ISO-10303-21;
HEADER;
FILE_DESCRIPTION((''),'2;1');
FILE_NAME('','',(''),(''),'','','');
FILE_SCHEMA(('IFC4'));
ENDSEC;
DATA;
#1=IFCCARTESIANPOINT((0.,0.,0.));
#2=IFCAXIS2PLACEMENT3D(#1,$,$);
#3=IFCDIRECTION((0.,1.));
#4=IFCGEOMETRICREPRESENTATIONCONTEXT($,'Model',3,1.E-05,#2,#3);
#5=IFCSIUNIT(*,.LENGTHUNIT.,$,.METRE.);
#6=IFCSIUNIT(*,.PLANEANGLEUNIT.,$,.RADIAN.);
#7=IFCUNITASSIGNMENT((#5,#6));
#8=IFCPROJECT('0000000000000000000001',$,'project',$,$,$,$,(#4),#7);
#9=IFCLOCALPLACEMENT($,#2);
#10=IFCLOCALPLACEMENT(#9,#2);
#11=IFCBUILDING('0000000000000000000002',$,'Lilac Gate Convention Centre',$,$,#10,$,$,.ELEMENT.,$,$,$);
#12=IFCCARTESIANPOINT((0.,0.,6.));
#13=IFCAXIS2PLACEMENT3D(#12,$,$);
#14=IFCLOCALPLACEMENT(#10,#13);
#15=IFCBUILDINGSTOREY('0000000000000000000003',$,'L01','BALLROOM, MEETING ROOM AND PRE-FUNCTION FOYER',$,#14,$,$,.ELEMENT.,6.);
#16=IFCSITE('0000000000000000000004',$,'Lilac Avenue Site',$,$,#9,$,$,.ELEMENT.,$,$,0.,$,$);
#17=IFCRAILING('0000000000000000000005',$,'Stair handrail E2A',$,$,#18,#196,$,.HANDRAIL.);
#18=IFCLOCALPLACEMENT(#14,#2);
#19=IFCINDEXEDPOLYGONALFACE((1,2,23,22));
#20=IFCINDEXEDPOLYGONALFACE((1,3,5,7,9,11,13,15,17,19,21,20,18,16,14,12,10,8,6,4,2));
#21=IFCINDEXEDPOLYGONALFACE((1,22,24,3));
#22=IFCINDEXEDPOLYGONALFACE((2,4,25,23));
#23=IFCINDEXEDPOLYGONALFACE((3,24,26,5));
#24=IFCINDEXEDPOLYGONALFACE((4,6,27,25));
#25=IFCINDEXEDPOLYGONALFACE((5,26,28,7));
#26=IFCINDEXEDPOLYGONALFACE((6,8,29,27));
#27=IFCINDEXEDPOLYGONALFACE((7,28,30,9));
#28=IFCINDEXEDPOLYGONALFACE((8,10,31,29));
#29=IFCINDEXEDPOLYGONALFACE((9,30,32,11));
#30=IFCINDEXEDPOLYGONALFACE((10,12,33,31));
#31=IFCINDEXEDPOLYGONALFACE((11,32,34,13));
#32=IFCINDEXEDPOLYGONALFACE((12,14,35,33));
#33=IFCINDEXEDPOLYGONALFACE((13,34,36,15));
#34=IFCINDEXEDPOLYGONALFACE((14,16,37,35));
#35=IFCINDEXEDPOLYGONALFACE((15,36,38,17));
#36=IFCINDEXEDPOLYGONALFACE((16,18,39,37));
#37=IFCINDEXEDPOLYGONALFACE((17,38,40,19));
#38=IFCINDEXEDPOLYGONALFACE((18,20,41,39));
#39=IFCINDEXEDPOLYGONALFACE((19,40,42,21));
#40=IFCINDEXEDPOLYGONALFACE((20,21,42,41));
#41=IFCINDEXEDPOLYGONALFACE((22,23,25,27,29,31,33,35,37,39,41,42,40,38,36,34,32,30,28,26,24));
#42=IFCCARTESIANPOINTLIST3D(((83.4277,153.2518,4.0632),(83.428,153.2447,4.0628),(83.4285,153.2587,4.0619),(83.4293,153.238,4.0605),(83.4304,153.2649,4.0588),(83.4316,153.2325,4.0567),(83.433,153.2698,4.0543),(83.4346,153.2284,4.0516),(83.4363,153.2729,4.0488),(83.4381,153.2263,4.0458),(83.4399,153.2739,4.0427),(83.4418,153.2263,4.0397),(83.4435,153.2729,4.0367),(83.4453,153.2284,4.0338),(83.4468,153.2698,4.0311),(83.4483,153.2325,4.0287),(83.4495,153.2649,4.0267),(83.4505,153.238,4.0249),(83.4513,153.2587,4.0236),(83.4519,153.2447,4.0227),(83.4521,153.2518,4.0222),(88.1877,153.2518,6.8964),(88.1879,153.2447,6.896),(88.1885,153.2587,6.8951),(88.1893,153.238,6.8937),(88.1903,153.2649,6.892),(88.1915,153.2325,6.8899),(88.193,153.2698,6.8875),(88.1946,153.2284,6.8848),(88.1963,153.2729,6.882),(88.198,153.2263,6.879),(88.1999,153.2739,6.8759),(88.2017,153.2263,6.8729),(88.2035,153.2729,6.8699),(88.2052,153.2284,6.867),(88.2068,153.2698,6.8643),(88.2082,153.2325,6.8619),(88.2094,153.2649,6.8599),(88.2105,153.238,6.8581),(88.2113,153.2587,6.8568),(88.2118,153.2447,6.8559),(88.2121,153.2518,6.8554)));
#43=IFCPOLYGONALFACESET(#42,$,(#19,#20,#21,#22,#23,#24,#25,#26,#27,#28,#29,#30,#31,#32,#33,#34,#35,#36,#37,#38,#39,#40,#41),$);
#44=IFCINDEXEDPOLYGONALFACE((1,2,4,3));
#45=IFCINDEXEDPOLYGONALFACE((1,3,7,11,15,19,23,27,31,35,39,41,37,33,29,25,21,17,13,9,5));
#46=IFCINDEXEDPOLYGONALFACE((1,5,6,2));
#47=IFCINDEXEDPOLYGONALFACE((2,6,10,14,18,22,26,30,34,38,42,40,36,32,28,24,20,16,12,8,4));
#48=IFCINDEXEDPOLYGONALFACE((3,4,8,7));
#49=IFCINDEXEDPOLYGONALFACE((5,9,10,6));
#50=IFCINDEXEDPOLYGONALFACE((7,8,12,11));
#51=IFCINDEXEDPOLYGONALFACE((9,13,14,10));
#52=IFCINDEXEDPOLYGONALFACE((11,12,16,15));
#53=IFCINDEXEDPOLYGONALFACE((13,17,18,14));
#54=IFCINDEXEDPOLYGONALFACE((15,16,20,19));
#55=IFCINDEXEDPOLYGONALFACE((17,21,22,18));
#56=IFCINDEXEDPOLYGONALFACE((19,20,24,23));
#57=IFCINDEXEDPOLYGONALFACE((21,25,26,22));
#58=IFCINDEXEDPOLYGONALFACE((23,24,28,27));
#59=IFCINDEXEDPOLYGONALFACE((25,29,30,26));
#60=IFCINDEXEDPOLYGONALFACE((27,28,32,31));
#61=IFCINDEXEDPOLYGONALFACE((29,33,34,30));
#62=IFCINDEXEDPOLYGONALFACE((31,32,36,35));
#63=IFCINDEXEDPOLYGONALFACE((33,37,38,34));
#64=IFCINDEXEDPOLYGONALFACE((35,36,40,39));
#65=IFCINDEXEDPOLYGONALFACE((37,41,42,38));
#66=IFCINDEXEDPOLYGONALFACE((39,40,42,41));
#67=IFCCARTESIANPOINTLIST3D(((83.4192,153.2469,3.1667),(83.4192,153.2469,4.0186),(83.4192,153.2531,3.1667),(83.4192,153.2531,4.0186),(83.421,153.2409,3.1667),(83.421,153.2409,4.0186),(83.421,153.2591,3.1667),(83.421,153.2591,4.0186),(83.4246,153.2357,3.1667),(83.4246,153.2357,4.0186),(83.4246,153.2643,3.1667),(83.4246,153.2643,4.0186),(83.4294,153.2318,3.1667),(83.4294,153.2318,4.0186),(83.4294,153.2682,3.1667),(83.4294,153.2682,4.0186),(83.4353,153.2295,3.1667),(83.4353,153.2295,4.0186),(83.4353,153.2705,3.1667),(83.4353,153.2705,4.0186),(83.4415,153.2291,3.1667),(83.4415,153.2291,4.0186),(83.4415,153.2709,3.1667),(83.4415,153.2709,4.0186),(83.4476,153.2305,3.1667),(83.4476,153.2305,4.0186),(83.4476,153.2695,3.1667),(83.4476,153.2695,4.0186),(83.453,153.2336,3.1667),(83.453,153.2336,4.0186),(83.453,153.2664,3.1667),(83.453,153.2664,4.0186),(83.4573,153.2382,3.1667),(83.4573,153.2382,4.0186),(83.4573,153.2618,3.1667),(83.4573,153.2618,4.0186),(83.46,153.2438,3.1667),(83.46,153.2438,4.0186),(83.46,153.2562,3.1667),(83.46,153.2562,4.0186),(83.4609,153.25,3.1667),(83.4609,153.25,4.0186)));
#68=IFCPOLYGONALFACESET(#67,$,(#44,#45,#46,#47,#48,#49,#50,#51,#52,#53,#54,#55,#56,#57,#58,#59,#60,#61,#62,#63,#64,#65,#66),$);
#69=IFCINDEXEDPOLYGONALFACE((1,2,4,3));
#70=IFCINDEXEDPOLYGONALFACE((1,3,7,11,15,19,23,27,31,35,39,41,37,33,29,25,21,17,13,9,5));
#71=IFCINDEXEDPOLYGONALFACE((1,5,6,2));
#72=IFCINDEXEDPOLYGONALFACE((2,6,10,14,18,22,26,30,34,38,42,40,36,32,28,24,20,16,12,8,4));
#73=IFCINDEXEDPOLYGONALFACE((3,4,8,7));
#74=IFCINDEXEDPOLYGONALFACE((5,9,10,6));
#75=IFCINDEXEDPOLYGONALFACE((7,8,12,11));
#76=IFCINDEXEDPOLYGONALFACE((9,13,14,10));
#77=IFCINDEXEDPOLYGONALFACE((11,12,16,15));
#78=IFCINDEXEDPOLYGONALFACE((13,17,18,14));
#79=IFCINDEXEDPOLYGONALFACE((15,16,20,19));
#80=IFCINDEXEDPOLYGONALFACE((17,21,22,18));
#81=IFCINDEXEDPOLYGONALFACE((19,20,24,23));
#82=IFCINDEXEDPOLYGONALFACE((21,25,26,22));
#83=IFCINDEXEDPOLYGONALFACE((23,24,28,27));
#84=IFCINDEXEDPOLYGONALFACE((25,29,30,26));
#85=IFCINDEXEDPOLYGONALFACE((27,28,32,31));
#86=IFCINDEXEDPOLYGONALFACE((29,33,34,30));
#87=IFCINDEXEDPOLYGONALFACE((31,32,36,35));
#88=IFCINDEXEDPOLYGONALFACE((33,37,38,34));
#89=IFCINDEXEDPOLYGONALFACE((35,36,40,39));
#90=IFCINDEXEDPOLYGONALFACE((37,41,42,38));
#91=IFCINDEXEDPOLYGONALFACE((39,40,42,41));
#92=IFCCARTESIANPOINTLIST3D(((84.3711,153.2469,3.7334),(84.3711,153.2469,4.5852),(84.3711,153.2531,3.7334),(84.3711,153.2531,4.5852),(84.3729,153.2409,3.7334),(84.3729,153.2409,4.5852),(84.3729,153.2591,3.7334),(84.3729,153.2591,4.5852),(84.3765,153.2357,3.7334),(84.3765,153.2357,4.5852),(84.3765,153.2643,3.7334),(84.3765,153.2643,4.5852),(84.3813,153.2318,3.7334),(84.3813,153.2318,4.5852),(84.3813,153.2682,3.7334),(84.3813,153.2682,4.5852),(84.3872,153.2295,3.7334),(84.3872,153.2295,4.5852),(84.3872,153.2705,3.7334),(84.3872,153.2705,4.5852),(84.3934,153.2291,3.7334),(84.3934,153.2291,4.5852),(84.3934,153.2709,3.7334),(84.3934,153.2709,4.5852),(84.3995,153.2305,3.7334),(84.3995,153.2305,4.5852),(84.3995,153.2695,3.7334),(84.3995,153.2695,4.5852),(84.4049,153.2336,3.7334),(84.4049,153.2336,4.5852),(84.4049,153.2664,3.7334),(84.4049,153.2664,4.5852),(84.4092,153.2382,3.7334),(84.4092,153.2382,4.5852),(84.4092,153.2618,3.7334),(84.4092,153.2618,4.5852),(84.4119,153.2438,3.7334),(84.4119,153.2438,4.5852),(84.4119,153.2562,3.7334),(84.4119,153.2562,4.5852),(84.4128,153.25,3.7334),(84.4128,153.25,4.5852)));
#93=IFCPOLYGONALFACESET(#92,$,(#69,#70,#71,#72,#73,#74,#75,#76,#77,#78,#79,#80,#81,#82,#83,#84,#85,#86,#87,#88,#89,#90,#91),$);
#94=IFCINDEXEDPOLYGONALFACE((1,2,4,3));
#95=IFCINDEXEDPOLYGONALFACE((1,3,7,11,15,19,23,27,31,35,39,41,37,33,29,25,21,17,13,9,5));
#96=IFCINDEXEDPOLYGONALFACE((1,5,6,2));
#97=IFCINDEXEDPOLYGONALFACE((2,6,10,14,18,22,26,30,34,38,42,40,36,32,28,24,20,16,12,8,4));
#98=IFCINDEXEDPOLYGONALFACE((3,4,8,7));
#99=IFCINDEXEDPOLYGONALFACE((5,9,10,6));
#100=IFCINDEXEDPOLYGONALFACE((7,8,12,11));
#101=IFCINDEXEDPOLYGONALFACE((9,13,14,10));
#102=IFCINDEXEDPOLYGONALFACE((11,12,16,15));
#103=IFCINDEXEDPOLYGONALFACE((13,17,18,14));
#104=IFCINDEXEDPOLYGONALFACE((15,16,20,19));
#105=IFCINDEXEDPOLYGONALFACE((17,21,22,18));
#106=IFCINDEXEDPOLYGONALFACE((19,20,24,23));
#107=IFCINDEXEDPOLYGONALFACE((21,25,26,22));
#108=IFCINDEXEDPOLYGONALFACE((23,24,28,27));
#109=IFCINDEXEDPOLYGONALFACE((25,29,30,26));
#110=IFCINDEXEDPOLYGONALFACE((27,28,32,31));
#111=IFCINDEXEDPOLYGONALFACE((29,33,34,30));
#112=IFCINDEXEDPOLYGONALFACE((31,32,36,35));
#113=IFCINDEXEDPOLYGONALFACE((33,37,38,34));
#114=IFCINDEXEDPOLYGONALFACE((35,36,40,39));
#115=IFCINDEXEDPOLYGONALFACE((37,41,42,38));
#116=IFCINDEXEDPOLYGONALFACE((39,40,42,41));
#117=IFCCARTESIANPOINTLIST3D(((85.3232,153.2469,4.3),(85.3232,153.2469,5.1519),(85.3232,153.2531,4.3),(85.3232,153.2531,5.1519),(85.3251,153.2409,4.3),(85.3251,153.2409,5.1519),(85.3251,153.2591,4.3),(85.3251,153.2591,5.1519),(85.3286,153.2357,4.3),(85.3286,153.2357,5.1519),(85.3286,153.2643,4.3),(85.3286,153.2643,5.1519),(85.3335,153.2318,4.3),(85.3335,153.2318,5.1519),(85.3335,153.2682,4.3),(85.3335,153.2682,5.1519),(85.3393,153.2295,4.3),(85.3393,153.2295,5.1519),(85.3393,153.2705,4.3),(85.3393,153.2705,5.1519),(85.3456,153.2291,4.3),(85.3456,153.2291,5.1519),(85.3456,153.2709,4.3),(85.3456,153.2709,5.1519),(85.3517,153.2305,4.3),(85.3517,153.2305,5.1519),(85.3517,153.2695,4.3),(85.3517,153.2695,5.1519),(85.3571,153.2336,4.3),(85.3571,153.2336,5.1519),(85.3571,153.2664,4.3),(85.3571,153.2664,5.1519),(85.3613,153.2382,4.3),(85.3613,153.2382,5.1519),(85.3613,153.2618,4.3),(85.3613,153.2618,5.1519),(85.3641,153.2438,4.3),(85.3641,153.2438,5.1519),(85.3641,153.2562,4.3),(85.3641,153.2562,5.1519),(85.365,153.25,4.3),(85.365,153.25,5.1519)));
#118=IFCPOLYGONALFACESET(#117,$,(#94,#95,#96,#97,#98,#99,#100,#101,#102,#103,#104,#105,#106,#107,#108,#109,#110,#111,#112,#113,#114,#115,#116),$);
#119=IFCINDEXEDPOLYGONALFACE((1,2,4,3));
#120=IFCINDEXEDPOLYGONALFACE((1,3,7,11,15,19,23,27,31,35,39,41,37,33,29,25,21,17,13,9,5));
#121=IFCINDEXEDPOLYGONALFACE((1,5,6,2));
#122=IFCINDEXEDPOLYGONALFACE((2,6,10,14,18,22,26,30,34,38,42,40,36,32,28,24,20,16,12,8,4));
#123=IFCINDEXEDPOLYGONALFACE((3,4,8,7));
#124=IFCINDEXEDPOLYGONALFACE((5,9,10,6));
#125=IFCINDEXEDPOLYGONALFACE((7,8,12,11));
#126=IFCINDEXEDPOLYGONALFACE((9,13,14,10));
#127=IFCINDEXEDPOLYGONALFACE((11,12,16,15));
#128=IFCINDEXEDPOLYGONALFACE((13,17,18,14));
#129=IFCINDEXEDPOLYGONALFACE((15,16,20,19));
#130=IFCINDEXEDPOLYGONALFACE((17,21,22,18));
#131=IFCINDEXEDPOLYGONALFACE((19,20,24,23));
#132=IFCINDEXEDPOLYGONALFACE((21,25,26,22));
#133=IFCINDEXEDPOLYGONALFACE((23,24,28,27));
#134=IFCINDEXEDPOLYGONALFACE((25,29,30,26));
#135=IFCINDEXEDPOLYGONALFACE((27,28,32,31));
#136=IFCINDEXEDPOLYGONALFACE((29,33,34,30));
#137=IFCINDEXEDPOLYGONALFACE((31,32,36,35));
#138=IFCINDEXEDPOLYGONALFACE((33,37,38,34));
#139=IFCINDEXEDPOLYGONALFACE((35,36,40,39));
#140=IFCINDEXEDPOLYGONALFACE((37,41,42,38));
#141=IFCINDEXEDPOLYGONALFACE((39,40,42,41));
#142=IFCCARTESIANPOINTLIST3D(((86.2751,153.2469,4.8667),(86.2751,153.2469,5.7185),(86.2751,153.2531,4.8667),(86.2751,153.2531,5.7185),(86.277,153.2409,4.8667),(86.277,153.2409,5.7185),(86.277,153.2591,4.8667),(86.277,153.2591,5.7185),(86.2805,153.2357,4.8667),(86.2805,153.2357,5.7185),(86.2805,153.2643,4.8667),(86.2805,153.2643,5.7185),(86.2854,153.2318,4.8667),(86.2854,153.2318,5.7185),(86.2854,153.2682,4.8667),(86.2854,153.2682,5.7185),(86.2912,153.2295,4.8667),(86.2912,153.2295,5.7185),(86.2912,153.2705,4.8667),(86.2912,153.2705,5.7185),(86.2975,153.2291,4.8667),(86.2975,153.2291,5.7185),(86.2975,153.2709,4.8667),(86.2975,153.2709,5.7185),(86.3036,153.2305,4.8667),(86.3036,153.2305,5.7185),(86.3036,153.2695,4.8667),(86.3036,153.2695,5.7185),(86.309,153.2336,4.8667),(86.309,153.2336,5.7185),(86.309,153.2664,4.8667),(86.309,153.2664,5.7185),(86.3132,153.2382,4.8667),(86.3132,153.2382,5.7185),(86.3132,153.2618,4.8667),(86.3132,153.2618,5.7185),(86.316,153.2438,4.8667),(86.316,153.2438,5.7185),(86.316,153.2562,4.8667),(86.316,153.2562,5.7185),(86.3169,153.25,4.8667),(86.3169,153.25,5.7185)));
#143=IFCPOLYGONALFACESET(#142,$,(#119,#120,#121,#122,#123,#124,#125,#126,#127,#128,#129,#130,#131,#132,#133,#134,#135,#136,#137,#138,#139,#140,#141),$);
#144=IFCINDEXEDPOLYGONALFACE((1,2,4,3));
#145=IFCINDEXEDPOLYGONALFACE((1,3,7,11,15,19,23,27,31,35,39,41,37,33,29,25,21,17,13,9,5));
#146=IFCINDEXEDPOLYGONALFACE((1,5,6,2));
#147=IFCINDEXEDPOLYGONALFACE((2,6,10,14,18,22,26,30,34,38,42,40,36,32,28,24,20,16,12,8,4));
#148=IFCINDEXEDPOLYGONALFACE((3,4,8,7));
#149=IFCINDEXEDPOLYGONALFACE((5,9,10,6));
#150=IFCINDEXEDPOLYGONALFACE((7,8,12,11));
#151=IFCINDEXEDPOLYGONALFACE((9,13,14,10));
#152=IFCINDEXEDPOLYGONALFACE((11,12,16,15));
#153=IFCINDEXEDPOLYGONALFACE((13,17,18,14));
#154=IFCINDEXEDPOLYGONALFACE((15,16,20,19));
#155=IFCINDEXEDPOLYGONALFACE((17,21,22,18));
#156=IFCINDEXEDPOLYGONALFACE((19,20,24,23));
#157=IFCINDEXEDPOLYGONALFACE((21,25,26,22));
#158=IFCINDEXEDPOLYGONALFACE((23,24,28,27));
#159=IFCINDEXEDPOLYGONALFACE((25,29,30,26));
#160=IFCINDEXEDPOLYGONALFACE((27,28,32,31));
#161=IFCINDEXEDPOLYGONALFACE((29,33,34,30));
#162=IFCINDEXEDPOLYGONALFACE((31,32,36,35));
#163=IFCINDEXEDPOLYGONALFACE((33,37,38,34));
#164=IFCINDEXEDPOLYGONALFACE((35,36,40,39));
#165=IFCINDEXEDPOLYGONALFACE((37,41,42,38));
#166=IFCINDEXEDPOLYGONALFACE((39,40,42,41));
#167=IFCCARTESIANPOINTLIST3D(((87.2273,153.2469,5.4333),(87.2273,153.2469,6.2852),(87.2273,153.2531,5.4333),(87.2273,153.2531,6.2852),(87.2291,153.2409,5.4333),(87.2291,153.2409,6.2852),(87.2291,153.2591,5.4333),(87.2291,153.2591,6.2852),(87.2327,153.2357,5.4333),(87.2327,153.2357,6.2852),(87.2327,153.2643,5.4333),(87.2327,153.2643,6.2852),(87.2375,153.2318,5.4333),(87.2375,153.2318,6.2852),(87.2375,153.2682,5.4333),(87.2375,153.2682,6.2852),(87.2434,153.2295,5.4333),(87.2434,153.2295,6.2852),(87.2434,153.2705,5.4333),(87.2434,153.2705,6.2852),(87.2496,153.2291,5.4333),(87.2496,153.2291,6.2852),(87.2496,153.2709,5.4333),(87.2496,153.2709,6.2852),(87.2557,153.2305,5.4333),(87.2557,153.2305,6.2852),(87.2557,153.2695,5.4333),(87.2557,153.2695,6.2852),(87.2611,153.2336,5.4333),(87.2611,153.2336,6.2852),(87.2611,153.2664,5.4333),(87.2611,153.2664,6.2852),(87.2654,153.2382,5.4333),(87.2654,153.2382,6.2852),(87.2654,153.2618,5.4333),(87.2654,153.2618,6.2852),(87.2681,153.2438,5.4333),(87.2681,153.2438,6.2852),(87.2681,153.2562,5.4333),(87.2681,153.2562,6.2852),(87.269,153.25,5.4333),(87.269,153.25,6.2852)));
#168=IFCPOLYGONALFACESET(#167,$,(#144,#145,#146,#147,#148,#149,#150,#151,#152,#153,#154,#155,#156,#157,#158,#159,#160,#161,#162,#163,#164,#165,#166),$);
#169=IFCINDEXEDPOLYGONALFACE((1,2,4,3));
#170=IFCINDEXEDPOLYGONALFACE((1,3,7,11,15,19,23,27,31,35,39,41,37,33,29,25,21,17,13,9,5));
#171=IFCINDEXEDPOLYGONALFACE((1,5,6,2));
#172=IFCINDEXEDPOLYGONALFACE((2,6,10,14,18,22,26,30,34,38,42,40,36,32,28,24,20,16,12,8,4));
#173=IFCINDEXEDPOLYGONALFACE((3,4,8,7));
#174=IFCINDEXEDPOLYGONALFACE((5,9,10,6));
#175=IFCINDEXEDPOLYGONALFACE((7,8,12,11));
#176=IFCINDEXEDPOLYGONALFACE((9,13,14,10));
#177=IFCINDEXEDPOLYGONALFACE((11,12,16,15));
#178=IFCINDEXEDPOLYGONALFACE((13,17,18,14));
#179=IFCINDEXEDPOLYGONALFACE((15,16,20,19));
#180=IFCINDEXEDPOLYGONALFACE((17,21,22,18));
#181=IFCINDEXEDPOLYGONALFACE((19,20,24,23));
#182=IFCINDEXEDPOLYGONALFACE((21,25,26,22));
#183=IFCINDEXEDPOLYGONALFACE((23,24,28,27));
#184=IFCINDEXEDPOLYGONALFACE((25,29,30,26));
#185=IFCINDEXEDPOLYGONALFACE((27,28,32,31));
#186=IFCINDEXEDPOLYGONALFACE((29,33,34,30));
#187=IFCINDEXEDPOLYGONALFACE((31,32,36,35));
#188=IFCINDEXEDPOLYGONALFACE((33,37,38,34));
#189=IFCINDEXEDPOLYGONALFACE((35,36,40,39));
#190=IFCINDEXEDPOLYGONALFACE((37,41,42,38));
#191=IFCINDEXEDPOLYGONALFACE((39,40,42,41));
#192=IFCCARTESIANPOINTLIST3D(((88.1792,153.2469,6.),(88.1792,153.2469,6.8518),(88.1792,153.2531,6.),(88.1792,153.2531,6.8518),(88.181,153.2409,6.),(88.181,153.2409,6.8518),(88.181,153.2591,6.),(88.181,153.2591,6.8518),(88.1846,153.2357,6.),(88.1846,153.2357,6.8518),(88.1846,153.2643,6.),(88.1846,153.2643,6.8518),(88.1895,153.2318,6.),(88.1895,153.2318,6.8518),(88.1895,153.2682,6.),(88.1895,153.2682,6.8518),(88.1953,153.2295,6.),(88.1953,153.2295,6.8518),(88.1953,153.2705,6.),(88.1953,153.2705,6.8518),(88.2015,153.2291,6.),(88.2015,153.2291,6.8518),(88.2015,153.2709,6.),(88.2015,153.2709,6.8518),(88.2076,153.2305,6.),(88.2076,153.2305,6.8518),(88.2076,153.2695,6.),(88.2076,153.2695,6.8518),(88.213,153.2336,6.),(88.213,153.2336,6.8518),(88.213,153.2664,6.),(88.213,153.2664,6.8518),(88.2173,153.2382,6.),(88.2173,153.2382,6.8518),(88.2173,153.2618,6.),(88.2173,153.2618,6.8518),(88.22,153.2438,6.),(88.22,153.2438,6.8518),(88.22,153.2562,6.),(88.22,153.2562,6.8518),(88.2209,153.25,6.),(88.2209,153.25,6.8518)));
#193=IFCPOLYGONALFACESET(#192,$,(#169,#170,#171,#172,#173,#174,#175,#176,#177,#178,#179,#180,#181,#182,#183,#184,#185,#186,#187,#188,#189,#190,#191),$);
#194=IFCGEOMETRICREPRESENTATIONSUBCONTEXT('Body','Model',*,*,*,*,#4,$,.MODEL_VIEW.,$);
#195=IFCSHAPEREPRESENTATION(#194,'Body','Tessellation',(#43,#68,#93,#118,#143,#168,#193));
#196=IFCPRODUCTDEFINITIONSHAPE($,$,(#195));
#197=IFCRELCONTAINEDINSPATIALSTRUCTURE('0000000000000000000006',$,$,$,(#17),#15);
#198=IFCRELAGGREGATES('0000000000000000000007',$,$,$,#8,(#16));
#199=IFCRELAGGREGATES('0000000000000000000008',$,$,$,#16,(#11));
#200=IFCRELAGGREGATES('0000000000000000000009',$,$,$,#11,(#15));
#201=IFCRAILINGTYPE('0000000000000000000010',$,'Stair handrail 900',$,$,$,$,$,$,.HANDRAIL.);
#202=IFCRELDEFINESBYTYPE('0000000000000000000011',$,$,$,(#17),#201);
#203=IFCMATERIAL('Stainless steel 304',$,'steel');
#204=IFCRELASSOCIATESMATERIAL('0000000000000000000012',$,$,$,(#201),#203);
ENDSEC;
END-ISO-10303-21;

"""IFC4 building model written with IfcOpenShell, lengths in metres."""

from ifc_helpers import new_model, si_unit, direction, frame, origin, origin_2d, place, context, subcontext, project, spatial, circle, extrude, material, type_object, element, save


model = new_model("IFC4")

# Units and contexts
model_context = context("Model", 3, precision=1e-05, world=origin(), true_north=direction((0.0, 1.0)))
body_context = subcontext(model_context, "Body", "Model", "MODEL_VIEW")
ifc_project = project(units=[si_unit("LENGTHUNIT", "METRE"), si_unit("PLANEANGLEUNIT", "RADIAN")], contexts=[model_context])

# Site, building, storey
site_placement = place(None, origin())
site = spatial("IfcSite", under=ifc_project, at=site_placement, Name="Lilac Avenue Site", CompositionType="ELEMENT", RefElevation=0.0)
building_placement = place(site_placement, origin())
building = spatial("IfcBuilding", under=site, at=building_placement, Name="Lilac Gate Convention Centre", CompositionType="ELEMENT")
storey_placement = place(building_placement, frame((0.0, 0.0, 6.0)))
storey = spatial("IfcBuildingStorey", under=building, at=storey_placement, Name="L01", Description="BALLROOM, MEETING ROOM AND PRE-FUNCTION FOYER", CompositionType="ELEMENT", Elevation=6.0)

# Shared definitions
ifc_material_1 = material(Name="Stainless steel 304", Category="steel")

# Railing
railing_type = type_object("IfcRailingType", Name="Stair handrail 900", PredefinedType="HANDRAIL", material=ifc_material_1)
for number, where, name in (
    (1, (83.4399, 153.25, 3.1667), "Stair handrail E2A"),
):
    element("IfcRailing", number, at=place(storey_placement, frame(where)), inside=storey, type_object=railing_type, Name=name, PredefinedType="HANDRAIL", context=body_context, shape_type="SweptSolid", body=[
        extrude(circle(Radius=0.0239, at=origin_2d()), frame((0.0, 0.0, 0.876), z_axis=(0.8593, 0.0, 0.511472), x_axis=(0.0, 1.0, 0.0)), (0.0, 0.0, 1.0), 5.5393),
        extrude(circle(Radius=0.021, at=origin_2d()), origin(), (0.0, 0.0, 1.0), 0.8518),
        extrude(circle(Radius=0.021, at=origin_2d()), frame((0.9519, 0.0, 0.5667)), (0.0, 0.0, 1.0), 0.8518),
        extrude(circle(Radius=0.021, at=origin_2d()), frame((1.9041, 0.0, 1.1333)), (0.0, 0.0, 1.0), 0.8518),
        extrude(circle(Radius=0.021, at=origin_2d()), frame((2.856, 0.0, 1.7)), (0.0, 0.0, 1.0), 0.8518),
        extrude(circle(Radius=0.021, at=origin_2d()), frame((3.8081, 0.0, 2.2666)), (0.0, 0.0, 1.0), 0.8518),
        extrude(circle(Radius=0.021, at=origin_2d()), frame((4.76, 0.0, 2.8333)), (0.0, 0.0, 1.0), 0.8518),
    ])

save(model, "model.ifc")
